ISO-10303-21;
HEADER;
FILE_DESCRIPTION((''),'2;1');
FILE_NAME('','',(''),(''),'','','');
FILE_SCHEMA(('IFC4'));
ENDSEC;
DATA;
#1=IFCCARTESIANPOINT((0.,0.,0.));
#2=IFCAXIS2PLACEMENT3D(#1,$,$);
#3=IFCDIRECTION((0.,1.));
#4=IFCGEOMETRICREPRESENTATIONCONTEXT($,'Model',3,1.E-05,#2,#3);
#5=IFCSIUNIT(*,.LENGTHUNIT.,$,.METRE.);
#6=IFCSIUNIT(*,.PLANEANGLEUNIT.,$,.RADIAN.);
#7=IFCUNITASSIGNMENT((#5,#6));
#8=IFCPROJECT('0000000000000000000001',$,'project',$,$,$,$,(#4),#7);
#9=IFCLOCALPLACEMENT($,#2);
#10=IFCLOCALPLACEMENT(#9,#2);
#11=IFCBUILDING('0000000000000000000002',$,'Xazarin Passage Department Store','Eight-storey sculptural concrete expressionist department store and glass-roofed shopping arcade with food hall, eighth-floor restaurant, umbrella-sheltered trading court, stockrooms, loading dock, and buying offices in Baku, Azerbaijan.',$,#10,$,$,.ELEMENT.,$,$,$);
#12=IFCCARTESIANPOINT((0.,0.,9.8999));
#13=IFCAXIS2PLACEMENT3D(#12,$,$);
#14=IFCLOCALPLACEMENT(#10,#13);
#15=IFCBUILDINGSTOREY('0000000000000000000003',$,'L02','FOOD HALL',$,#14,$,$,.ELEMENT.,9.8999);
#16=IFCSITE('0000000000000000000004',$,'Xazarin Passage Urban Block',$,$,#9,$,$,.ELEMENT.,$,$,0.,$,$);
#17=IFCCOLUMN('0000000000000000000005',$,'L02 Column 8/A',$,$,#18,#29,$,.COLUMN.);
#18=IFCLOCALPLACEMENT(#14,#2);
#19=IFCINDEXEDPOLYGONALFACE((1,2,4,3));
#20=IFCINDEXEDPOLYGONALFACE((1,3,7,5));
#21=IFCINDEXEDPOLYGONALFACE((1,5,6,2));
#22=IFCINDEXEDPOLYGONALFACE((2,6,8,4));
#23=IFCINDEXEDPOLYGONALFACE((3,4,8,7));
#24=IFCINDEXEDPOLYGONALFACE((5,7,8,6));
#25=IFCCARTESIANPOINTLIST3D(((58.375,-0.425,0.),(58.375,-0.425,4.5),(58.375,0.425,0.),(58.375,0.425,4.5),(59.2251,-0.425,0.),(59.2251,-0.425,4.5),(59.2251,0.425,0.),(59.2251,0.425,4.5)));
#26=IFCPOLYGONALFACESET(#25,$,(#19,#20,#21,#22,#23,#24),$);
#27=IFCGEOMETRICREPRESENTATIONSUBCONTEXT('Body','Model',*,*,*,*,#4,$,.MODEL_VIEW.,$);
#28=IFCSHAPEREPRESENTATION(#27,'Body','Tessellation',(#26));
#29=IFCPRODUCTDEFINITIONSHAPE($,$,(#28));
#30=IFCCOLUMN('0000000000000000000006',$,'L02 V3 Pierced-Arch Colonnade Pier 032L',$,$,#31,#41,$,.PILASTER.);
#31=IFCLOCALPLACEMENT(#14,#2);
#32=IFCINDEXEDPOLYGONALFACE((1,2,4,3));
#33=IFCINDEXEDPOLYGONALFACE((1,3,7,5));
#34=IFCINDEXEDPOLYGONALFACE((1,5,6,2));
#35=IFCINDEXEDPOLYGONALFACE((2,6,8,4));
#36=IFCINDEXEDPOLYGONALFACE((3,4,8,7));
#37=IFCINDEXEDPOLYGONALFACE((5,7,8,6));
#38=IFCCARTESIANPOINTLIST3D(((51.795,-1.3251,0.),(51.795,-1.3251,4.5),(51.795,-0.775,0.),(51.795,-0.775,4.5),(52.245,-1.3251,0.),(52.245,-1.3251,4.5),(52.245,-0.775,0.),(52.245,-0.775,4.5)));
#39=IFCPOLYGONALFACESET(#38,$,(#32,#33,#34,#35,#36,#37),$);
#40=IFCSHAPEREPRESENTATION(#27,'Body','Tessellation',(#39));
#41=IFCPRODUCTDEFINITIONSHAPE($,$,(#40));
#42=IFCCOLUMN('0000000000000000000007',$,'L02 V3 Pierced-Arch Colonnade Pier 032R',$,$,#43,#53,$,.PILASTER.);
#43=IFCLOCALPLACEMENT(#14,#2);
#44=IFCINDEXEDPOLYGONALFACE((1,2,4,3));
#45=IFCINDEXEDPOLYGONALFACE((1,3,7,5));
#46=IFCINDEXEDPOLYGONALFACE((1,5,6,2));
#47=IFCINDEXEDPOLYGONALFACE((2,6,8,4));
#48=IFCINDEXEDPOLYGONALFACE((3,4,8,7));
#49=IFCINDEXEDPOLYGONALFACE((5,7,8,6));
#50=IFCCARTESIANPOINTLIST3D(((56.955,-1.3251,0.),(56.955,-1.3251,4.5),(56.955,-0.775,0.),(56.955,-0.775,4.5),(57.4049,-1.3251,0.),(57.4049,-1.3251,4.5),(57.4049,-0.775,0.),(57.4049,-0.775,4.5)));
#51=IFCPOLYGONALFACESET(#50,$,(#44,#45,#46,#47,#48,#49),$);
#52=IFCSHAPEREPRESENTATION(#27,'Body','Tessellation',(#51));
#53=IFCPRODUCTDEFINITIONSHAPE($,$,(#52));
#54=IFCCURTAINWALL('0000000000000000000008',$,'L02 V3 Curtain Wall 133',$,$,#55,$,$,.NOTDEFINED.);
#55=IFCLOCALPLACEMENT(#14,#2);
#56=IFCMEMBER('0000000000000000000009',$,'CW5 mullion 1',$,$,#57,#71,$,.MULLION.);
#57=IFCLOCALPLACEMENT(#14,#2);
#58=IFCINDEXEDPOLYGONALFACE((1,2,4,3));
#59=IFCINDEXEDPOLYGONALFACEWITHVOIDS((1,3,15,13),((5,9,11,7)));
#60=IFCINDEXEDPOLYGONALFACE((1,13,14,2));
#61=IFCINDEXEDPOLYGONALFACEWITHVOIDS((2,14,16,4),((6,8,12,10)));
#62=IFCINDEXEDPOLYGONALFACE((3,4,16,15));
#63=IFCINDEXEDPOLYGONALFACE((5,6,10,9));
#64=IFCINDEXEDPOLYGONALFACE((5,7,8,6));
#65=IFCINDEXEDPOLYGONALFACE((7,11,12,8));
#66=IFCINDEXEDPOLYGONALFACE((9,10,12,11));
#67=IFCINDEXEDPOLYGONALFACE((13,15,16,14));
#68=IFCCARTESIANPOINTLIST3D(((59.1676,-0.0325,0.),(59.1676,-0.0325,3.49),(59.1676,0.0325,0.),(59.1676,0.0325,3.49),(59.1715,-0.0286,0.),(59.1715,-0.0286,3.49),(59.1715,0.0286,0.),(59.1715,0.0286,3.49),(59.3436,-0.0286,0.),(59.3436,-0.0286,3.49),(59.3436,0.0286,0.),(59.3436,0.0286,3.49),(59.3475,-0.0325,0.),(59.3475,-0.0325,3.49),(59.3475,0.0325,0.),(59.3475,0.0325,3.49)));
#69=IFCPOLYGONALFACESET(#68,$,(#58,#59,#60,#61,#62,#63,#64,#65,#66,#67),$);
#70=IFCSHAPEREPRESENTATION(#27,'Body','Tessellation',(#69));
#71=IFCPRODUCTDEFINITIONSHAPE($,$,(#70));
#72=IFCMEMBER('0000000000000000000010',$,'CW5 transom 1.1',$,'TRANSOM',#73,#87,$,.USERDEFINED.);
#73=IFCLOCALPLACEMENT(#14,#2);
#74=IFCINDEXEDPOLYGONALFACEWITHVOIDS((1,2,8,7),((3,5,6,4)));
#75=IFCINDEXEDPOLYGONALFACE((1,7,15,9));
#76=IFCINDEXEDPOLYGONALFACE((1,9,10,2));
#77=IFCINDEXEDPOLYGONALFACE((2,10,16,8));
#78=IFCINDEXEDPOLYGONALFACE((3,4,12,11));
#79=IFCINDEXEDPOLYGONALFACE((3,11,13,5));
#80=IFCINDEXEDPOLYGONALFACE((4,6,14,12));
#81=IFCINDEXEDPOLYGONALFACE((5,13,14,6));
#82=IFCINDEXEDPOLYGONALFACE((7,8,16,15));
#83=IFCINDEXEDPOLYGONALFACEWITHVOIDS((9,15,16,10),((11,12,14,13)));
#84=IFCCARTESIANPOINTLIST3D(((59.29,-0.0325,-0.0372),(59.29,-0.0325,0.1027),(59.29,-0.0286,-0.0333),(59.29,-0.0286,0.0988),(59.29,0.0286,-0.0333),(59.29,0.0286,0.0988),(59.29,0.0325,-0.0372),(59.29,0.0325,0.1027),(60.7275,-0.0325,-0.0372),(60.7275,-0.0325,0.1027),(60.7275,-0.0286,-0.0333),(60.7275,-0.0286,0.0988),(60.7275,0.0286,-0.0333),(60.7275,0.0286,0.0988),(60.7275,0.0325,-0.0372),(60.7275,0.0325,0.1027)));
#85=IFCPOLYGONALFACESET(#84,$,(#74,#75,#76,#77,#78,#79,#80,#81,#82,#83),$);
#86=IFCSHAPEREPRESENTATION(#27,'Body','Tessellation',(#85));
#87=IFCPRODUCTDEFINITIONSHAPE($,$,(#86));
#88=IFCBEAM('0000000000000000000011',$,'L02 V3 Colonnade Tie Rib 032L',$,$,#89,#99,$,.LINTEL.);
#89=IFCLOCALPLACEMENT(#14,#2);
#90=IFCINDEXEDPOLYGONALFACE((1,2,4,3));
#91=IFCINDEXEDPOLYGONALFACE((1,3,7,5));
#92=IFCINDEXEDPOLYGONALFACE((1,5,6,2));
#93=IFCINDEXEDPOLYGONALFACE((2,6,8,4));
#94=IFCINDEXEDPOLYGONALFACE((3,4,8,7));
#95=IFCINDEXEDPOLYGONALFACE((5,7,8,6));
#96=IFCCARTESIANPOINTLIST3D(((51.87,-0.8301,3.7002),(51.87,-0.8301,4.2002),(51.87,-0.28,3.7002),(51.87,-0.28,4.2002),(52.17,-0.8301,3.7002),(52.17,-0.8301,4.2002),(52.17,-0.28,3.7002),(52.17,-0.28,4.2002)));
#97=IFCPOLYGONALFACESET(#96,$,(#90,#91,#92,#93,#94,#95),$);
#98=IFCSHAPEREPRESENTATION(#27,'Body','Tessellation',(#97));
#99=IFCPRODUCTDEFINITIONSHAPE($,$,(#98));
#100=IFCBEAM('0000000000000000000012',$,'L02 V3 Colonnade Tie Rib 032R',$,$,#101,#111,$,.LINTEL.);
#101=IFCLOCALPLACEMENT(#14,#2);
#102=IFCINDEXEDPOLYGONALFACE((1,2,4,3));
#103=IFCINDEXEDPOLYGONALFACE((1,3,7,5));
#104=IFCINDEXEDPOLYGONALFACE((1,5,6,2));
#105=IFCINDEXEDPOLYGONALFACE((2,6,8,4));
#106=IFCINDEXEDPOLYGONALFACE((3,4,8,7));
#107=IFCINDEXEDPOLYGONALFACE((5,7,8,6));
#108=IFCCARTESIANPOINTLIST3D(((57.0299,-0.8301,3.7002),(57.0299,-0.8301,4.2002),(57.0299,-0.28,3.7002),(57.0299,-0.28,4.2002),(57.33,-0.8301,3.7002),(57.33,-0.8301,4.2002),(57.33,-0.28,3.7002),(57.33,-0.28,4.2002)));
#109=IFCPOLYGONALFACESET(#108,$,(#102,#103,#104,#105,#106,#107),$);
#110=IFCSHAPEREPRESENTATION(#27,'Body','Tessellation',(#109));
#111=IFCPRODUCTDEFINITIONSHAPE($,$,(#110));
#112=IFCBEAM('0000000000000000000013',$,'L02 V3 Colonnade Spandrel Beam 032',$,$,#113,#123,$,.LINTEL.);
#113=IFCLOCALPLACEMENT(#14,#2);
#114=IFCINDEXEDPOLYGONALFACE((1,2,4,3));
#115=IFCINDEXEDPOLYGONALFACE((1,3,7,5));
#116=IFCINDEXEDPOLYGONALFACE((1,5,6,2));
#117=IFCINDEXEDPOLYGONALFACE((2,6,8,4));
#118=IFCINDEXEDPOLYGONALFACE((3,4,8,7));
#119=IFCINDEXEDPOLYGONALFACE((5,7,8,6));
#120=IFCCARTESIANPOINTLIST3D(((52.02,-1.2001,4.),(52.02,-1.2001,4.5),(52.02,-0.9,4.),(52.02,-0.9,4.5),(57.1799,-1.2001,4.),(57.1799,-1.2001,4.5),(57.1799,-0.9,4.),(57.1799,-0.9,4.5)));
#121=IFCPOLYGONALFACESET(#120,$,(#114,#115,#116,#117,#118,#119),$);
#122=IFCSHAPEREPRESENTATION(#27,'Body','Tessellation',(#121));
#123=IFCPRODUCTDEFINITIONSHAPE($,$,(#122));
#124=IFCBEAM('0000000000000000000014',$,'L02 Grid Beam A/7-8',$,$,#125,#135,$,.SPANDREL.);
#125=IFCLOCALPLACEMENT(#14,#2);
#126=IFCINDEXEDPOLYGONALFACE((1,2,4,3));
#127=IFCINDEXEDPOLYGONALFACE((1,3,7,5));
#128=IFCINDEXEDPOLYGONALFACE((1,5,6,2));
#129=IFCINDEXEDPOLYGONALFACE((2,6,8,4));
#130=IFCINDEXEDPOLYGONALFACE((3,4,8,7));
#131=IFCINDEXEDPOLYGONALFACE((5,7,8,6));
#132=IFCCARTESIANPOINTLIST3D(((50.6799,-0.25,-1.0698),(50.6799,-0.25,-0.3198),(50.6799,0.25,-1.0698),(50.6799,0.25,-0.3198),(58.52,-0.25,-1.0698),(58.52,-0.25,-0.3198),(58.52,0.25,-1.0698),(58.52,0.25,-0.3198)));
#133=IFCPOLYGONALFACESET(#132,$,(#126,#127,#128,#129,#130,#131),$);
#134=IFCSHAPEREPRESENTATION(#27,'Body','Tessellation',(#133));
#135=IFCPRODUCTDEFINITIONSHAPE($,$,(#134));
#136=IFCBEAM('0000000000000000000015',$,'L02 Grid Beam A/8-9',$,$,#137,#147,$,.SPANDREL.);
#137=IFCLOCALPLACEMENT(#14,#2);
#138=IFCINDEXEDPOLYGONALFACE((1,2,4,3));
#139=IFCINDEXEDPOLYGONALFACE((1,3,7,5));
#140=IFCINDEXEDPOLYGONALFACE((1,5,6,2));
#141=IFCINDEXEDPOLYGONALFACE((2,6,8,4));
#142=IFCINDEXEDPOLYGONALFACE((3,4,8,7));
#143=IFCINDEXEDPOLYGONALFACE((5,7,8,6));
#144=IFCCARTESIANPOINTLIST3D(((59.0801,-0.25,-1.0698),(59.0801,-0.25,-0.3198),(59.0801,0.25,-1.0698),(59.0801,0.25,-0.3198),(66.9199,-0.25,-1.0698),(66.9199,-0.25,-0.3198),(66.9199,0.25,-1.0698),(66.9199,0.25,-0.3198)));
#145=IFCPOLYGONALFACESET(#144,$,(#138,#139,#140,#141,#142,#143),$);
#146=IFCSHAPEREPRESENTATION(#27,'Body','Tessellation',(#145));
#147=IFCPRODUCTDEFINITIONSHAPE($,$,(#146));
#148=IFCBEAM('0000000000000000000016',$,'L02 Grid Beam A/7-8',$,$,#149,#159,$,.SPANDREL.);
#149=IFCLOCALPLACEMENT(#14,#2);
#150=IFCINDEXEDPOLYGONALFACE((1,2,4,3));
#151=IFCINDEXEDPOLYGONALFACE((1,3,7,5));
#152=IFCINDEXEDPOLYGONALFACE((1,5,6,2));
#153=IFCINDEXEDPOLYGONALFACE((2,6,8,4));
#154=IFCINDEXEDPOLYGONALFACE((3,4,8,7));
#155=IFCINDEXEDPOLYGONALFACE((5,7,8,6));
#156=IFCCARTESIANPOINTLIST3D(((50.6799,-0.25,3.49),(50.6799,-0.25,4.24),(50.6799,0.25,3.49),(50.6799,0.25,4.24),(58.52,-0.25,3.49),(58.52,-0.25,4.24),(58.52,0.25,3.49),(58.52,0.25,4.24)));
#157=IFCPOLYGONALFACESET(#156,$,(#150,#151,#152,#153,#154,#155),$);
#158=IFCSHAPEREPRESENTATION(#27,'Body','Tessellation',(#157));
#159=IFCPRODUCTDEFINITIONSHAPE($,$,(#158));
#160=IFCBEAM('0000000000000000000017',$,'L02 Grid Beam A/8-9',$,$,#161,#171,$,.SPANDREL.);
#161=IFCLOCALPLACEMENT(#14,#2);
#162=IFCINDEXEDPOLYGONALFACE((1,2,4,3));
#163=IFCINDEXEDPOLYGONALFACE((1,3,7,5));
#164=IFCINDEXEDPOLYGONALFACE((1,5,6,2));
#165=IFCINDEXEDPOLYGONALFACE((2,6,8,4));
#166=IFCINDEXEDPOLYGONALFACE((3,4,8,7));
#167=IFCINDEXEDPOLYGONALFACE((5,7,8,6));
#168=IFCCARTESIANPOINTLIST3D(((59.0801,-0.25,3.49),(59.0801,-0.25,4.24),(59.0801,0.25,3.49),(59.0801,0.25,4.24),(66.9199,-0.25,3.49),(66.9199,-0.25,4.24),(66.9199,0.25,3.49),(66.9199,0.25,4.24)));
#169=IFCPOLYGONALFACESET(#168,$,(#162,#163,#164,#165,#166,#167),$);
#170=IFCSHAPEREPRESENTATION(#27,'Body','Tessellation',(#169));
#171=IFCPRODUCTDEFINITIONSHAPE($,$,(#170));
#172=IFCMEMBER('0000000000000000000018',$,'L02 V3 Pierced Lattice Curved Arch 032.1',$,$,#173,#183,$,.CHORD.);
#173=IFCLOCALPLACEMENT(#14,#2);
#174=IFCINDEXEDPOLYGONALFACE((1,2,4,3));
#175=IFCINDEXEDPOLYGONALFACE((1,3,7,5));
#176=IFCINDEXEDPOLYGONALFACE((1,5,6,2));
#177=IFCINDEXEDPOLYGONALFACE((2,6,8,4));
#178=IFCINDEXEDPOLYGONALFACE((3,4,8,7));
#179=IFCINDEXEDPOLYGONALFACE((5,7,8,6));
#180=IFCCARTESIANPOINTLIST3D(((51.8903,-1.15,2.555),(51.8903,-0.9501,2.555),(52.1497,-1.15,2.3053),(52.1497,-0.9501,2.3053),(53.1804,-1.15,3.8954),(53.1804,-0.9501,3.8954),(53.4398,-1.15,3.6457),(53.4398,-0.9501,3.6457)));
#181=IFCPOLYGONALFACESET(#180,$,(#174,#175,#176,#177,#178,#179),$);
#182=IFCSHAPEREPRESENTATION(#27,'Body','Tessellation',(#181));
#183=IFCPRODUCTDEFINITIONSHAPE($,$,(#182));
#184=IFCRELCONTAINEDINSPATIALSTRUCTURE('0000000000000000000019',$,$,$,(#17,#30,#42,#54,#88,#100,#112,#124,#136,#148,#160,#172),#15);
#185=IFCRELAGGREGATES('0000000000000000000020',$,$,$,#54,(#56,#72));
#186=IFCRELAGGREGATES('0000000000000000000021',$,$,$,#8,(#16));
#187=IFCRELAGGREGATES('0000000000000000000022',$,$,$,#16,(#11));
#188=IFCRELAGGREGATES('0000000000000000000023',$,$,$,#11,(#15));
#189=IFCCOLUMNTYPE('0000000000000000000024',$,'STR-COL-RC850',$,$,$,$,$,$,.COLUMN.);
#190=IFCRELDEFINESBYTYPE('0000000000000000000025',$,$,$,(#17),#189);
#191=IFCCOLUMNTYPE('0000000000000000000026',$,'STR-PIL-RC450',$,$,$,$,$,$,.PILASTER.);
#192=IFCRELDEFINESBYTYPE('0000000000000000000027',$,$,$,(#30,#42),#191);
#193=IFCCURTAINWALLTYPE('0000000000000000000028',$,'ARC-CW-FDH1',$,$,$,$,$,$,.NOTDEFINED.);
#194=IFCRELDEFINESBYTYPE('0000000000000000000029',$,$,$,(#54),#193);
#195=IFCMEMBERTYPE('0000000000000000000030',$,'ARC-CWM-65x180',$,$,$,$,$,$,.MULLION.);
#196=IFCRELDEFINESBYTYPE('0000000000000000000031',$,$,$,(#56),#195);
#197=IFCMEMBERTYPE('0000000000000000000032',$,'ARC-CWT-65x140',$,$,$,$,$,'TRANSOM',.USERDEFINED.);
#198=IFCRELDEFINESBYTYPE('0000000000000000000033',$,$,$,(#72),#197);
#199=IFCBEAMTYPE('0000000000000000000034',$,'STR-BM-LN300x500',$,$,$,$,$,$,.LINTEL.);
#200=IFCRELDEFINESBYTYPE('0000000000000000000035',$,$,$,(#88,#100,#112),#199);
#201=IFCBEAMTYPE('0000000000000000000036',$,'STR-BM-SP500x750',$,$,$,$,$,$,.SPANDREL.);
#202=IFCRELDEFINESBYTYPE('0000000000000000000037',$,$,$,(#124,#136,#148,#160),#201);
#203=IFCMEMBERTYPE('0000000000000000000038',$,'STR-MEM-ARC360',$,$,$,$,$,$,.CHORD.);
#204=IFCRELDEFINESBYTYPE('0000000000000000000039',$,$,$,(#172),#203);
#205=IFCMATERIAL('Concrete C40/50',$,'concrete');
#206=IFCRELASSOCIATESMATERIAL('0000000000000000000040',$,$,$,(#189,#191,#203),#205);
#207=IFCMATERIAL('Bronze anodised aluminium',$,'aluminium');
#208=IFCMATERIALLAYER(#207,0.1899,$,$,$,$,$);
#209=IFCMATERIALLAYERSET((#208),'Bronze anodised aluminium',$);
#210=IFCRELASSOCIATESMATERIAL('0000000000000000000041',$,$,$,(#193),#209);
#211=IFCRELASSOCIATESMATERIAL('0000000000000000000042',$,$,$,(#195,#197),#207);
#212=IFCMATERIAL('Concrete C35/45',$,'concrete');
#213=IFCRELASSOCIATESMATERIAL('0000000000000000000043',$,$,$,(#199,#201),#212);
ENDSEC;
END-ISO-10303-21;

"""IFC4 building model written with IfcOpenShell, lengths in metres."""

from ifc_helpers import new_model, si_unit, direction, frame, origin, origin_2d, place, context, subcontext, project, spatial, rectangle, hollow_rectangle, extrude, material, layer, layer_set, material_profile, profile_set, type_object, element, aggregate, save


model = new_model("IFC4")

# Units and contexts
model_context = context("Model", 3, precision=1e-05, world=origin(), true_north=direction((0.0, 1.0)))
body_context = subcontext(model_context, "Body", "Model", "MODEL_VIEW")
ifc_project = project(units=[si_unit("LENGTHUNIT", "METRE"), si_unit("PLANEANGLEUNIT", "RADIAN")], contexts=[model_context])

# Site, building, storey
site_placement = place(None, origin())
site = spatial("IfcSite", under=ifc_project, at=site_placement, Name="Xazarin Passage Urban Block", CompositionType="ELEMENT", RefElevation=0.0)
building_placement = place(site_placement, origin())
building = spatial("IfcBuilding", under=site, at=building_placement, Name="Xazarin Passage Department Store", Description="Eight-storey sculptural concrete expressionist department store and glass-roofed shopping arcade with food hall, eighth-floor restaurant, umbrella-sheltered trading court, stockrooms, loading dock, and buying offices in Baku, Azerbaijan.", CompositionType="ELEMENT")
storey_placement = place(building_placement, frame((0.0, 0.0, 9.8999)))
storey = spatial("IfcBuildingStorey", under=building, at=storey_placement, Name="L02", Description="FOOD HALL", CompositionType="ELEMENT", Elevation=9.8999)

# Columns
ifc_material_1 = material(Name="Concrete C40/50", Category="concrete")
ifc_material_profile_1 = material_profile(ifc_material_1, rectangle(XDim=0.8501, YDim=0.8501, at=origin_2d()), Name="RC 850x850")
ifc_profile_set_1 = profile_set([ifc_material_profile_1], Name="Concrete C40/50")
column_type_1 = type_object("IfcColumnType", Name="STR-COL-RC850", PredefinedType="COLUMN", material=ifc_profile_set_1)
column_placement = place(storey_placement, frame((58.8, 0.0, 0.0), z_axis=(0.0, 0.0, 1.0), x_axis=(1.0, 0.0, 0.0)))
element("IfcColumn", 1, at=column_placement, inside=storey, type_object=column_type_1, Name="L02 Column 8/A", PredefinedType="COLUMN", context=body_context, shape_type="SweptSolid", body=[
    extrude(rectangle(XDim=0.8501, YDim=0.8501, at=origin_2d()), origin(), (0.0, 0.0, 1.0), 4.5),
])
ifc_material_profile_2 = material_profile(ifc_material_1, rectangle(XDim=0.45, YDim=0.55, at=origin_2d()), Name="RC 450x550")
ifc_profile_set_2 = profile_set([ifc_material_profile_2], Name="Concrete C40/50")
column_type_2 = type_object("IfcColumnType", Name="STR-PIL-RC450", PredefinedType="PILASTER", material=ifc_profile_set_2)
for number, where, z_axis, x_axis, name in (
    (2, (52.02, -1.05, 0.0), (0.0, 0.0, 1.0), (1.0, 0.0, 0.0), "L02 V3 Pierced-Arch Colonnade Pier 032L"),
    (3, (57.1799, -1.05, 0.0), (0.0, 0.0, 1.0), (1.0, 0.0, 0.0), "L02 V3 Pierced-Arch Colonnade Pier 032R"),
):
    element("IfcColumn", number, at=place(storey_placement, frame(where, z_axis=z_axis, x_axis=x_axis)), inside=storey, type_object=column_type_2, Name=name, PredefinedType="PILASTER", context=body_context, shape_type="SweptSolid", body=[
        extrude(rectangle(XDim=0.45, YDim=0.55, at=origin_2d()), origin(), (0.0, 0.0, 1.0), 4.5),
    ])

# Curtain wall, members
ifc_material_2 = material(Name="Bronze anodised aluminium", Category="aluminium")
ifc_layer_1 = layer(ifc_material_2, 0.1899)
ifc_layer_set_1 = layer_set([ifc_layer_1], Name="Bronze anodised aluminium")
curtain_wall_type = type_object("IfcCurtainWallType", Name="ARC-CW-FDH1", PredefinedType="NOTDEFINED", material=ifc_layer_set_1)
curtain_wall_placement = place(storey_placement, origin())
curtain_wall = element("IfcCurtainWall", 4, at=curtain_wall_placement, inside=storey, type_object=curtain_wall_type, Name="L02 V3 Curtain Wall 133", PredefinedType="NOTDEFINED")
ifc_material_profile_3 = material_profile(ifc_material_2, hollow_rectangle(XDim=0.0649, YDim=0.1799, WallThickness=0.0039, at=origin_2d()), Name="ALU 65x180")
ifc_profile_set_3 = profile_set([ifc_material_profile_3], Name="Bronze anodised aluminium")
member_type_1 = type_object("IfcMemberType", Name="ARC-CWM-65x180", PredefinedType="MULLION", material=ifc_profile_set_3)
member_1_placement = place(storey_placement, frame((59.2576, 0.0, 0.0), z_axis=(0.0, 0.0, 1.0), x_axis=(0.0, 1.0, 0.0)))
member_1 = element("IfcMember", 5, at=member_1_placement, type_object=member_type_1, Name="CW5 mullion 1", PredefinedType="MULLION", context=body_context, shape_type="SweptSolid", body=[
    extrude(hollow_rectangle(XDim=0.0649, YDim=0.1799, WallThickness=0.0039, at=origin_2d()), origin(), (0.0, 0.0, 1.0), 3.49),
])
ifc_material_profile_4 = material_profile(ifc_material_2, hollow_rectangle(XDim=0.0649, YDim=0.1399, WallThickness=0.0039, at=origin_2d()), Name="ALU 65x140")
ifc_profile_set_4 = profile_set([ifc_material_profile_4], Name="Bronze anodised aluminium")
member_type_2 = type_object("IfcMemberType", Name="ARC-CWT-65x140", ElementType="TRANSOM", PredefinedType="USERDEFINED", material=ifc_profile_set_4)
member_2_placement = place(storey_placement, frame((59.29, 0.0, 0.0327), z_axis=(1.0, 0.0, 0.0), x_axis=(0.0, 1.0, 0.0)))
member_2 = element("IfcMember", 6, at=member_2_placement, type_object=member_type_2, Name="CW5 transom 1.1", ObjectType="TRANSOM", PredefinedType="USERDEFINED", context=body_context, shape_type="SweptSolid", body=[
    extrude(hollow_rectangle(XDim=0.0649, YDim=0.1399, WallThickness=0.0039, at=origin_2d()), origin(), (0.0, 0.0, 1.0), 1.4375),
])
aggregate(curtain_wall, [member_1, member_2])

# Beams
ifc_material_3 = material(Name="Concrete C35/45", Category="concrete")
ifc_material_profile_5 = material_profile(ifc_material_3, rectangle(XDim=0.3, YDim=0.5, at=origin_2d()), Name="RC 300x500")
ifc_profile_set_5 = profile_set([ifc_material_profile_5], Name="Concrete C35/45")
beam_type_1 = type_object("IfcBeamType", Name="STR-BM-LN300x500", PredefinedType="LINTEL", material=ifc_profile_set_5)
for number, where, z_axis, x_axis, name in (
    (7, (52.02, -0.28, 3.9502), (0.0, -1.0, 0.0), (1.0, 0.0, 0.0), "L02 V3 Colonnade Tie Rib 032L"),
    (8, (57.1799, -0.28, 3.9502), (0.0, -1.0, 0.0), (1.0, 0.0, 0.0), "L02 V3 Colonnade Tie Rib 032R"),
):
    element("IfcBeam", number, at=place(storey_placement, frame(where, z_axis=z_axis, x_axis=x_axis)), inside=storey, type_object=beam_type_1, Name=name, PredefinedType="LINTEL", context=body_context, shape_type="SweptSolid", body=[
        extrude(rectangle(XDim=0.3, YDim=0.5, at=origin_2d()), origin(), (0.0, 0.0, 1.0), 0.55),
    ])
beam_1_placement = place(storey_placement, frame((52.02, -1.05, 4.25), z_axis=(1.0, 0.0, 0.0), x_axis=(0.0, 1.0, 0.0)))
element("IfcBeam", 9, at=beam_1_placement, inside=storey, type_object=beam_type_1, Name="L02 V3 Colonnade Spandrel Beam 032", PredefinedType="LINTEL", context=body_context, shape_type="SweptSolid", body=[
    extrude(rectangle(XDim=0.3, YDim=0.5, at=origin_2d()), origin(), (0.0, 0.0, 1.0), 5.1599),
])
ifc_material_profile_6 = material_profile(ifc_material_3, rectangle(XDim=0.5, YDim=0.75, at=origin_2d()), Name="RC 500x750")
ifc_profile_set_6 = profile_set([ifc_material_profile_6], Name="Concrete C35/45")
beam_type_2 = type_object("IfcBeamType", Name="STR-BM-SP500x750", PredefinedType="SPANDREL", material=ifc_profile_set_6)
beam_2_placement = place(storey_placement, frame((50.6799, 0.0, -0.6948), z_axis=(1.0, 0.0, 0.0), x_axis=(0.0, 1.0, 0.0)))
element("IfcBeam", 10, at=beam_2_placement, inside=storey, type_object=beam_type_2, Name="L02 Grid Beam A/7-8", PredefinedType="SPANDREL", context=body_context, shape_type="SweptSolid", body=[
    extrude(rectangle(XDim=0.5, YDim=0.75, at=origin_2d()), origin(), (0.0, 0.0, 1.0), 7.8401),
])
beam_3_placement = place(storey_placement, frame((59.0801, 0.0, -0.6948), z_axis=(1.0, 0.0, 0.0), x_axis=(0.0, 1.0, 0.0)))
element("IfcBeam", 11, at=beam_3_placement, inside=storey, type_object=beam_type_2, Name="L02 Grid Beam A/8-9", PredefinedType="SPANDREL", context=body_context, shape_type="SweptSolid", body=[
    extrude(rectangle(XDim=0.5, YDim=0.75, at=origin_2d()), origin(), (0.0, 0.0, 1.0), 7.8398),
])
beam_4_placement = place(storey_placement, frame((50.6799, 0.0, 3.865), z_axis=(1.0, 0.0, 0.0), x_axis=(0.0, 1.0, 0.0)))
element("IfcBeam", 12, at=beam_4_placement, inside=storey, type_object=beam_type_2, Name="L02 Grid Beam A/7-8", PredefinedType="SPANDREL", context=body_context, shape_type="SweptSolid", body=[
    extrude(rectangle(XDim=0.5, YDim=0.75, at=origin_2d()), origin(), (0.0, 0.0, 1.0), 7.8401),
])
beam_5_placement = place(storey_placement, frame((59.0801, 0.0, 3.865), z_axis=(1.0, 0.0, 0.0), x_axis=(0.0, 1.0, 0.0)))
element("IfcBeam", 13, at=beam_5_placement, inside=storey, type_object=beam_type_2, Name="L02 Grid Beam A/8-9", PredefinedType="SPANDREL", context=body_context, shape_type="SweptSolid", body=[
    extrude(rectangle(XDim=0.5, YDim=0.75, at=origin_2d()), origin(), (0.0, 0.0, 1.0), 7.8398),
])

# Member
ifc_material_profile_7 = material_profile(ifc_material_1, rectangle(XDim=0.2, YDim=0.3601, at=origin_2d()), Name="RC 200x360")
ifc_profile_set_7 = profile_set([ifc_material_profile_7], Name="Concrete C40/50")
member_type_3 = type_object("IfcMemberType", Name="STR-MEM-ARC360", PredefinedType="CHORD", material=ifc_profile_set_7)
member_3_placement = place(storey_placement, frame((52.02, -1.05, 2.4302), z_axis=(0.69346, 0.0, 0.720495), x_axis=(0.0, 1.0, 0.0)))
element("IfcMember", 14, at=member_3_placement, inside=storey, type_object=member_type_3, Name="L02 V3 Pierced Lattice Curved Arch 032.1", PredefinedType="CHORD", context=body_context, shape_type="SweptSolid", body=[
    extrude(rectangle(XDim=0.2, YDim=0.3601, at=origin_2d()), origin(), (0.0, 0.0, 1.0), 1.8604),
])

save(model, "model.ifc")
